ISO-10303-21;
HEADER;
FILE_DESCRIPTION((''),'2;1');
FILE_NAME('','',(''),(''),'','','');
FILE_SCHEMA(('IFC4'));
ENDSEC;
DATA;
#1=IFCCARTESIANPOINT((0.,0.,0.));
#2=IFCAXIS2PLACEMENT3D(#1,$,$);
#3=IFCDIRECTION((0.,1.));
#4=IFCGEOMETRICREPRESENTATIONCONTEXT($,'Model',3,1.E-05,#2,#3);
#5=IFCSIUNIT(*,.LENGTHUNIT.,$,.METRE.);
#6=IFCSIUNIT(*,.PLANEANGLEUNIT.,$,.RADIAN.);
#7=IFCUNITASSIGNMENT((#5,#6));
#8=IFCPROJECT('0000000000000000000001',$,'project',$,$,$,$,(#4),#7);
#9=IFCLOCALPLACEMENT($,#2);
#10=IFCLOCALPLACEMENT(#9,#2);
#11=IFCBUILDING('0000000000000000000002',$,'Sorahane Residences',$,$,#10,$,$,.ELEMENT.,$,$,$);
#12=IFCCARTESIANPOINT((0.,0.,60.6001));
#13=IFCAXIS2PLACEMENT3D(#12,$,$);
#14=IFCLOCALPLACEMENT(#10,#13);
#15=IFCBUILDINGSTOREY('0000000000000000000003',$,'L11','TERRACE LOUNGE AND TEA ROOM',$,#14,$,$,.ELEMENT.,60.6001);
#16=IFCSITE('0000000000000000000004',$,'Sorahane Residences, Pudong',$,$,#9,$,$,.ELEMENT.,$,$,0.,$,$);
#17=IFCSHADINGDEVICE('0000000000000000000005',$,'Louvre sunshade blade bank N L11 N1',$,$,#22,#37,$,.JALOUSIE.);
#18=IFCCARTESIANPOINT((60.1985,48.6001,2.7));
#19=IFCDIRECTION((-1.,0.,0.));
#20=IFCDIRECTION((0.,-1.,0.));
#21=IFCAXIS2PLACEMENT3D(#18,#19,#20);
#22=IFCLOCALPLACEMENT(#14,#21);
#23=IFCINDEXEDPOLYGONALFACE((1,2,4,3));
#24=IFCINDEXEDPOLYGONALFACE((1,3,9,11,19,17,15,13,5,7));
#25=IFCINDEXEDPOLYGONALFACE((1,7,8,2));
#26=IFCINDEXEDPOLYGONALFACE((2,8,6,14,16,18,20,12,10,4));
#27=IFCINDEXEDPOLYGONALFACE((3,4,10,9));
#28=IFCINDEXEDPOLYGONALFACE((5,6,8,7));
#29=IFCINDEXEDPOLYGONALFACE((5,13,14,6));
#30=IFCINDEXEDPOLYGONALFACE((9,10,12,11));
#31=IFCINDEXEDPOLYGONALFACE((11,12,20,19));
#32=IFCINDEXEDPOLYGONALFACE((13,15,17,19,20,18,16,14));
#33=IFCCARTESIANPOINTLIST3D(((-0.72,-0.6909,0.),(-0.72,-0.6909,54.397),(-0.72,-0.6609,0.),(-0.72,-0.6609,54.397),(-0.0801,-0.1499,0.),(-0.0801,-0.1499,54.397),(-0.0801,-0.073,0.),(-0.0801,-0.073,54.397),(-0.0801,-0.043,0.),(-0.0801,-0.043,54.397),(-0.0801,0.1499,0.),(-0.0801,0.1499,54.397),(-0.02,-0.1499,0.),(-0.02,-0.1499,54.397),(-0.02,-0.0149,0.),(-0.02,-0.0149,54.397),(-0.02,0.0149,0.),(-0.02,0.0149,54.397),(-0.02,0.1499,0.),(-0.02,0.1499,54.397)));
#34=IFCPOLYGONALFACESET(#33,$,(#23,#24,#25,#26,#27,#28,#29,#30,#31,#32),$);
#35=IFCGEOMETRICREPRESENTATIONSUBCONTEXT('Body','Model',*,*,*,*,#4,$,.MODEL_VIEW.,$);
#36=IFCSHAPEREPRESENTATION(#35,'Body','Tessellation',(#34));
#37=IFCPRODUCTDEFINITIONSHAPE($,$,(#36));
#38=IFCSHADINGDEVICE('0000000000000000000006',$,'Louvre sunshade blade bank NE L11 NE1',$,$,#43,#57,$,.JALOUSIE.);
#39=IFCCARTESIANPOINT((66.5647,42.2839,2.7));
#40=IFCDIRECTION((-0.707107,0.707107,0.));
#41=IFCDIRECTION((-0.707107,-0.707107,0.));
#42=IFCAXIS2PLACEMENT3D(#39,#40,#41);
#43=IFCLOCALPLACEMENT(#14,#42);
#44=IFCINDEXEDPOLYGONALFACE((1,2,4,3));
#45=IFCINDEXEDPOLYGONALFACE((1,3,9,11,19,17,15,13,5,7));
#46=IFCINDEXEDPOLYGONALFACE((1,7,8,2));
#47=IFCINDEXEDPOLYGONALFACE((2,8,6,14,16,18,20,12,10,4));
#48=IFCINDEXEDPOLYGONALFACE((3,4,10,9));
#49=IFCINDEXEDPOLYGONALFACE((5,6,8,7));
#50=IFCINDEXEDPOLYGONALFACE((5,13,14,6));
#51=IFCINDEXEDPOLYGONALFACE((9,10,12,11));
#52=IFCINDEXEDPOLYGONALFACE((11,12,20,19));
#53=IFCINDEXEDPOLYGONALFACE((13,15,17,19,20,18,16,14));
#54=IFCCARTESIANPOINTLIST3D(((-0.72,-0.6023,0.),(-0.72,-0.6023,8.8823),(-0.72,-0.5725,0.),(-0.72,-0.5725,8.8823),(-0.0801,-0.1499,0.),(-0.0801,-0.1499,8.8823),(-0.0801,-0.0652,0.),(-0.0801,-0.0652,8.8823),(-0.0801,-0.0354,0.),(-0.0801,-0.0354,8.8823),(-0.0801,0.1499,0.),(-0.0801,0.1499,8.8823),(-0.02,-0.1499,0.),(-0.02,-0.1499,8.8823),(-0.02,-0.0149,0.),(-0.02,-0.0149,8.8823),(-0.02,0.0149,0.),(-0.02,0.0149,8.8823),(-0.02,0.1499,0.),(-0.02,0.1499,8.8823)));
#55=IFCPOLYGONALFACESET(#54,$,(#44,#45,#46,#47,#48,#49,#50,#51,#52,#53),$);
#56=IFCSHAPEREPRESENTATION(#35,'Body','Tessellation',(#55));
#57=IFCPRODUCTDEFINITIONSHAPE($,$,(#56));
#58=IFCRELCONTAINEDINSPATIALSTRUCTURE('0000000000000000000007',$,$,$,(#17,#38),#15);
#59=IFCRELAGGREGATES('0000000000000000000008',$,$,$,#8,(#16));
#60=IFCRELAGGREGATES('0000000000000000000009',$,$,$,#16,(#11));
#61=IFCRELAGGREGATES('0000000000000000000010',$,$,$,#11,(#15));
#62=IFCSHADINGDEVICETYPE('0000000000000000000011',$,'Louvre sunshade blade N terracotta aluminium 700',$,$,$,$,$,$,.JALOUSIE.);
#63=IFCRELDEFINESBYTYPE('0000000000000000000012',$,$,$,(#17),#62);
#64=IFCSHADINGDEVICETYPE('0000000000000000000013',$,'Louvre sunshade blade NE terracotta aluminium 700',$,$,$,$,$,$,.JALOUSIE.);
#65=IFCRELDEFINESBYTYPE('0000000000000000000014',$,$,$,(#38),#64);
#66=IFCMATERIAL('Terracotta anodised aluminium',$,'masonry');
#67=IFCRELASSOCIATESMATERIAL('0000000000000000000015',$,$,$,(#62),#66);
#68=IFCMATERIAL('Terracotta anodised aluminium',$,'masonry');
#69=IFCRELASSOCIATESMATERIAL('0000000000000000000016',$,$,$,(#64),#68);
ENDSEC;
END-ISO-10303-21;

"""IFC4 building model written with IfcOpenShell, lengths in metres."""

from ifc_helpers import new_model, si_unit, direction, frame, origin, place, context, subcontext, project, spatial, polyline, outline, extrude, material, type_object, element, save


model = new_model("IFC4")

# Units and contexts
model_context = context("Model", 3, precision=1e-05, world=origin(), true_north=direction((0.0, 1.0)))
body_context = subcontext(model_context, "Body", "Model", "MODEL_VIEW")
ifc_project = project(units=[si_unit("LENGTHUNIT", "METRE"), si_unit("PLANEANGLEUNIT", "RADIAN")], contexts=[model_context])

# Site, building, storey
site_placement = place(None, origin())
site = spatial("IfcSite", under=ifc_project, at=site_placement, Name="Sorahane Residences, Pudong", CompositionType="ELEMENT", RefElevation=0.0)
building_placement = place(site_placement, origin())
building = spatial("IfcBuilding", under=site, at=building_placement, Name="Sorahane Residences", CompositionType="ELEMENT")
storey_placement = place(building_placement, frame((0.0, 0.0, 60.6001)))
storey = spatial("IfcBuildingStorey", under=building, at=storey_placement, Name="L11", Description="TERRACE LOUNGE AND TEA ROOM", CompositionType="ELEMENT", Elevation=60.6001)

# Shading devices
ifc_material_1 = material(Name="Terracotta anodised aluminium", Category="masonry")
shading_device_type_1 = type_object("IfcShadingDeviceType", Name="Louvre sunshade blade N terracotta aluminium 700", PredefinedType="JALOUSIE", material=ifc_material_1)
shading_device_1_placement = place(storey_placement, frame((60.1985, 48.6001, 2.7), z_axis=(-1.0, 0.0, 0.0), x_axis=(0.0, -1.0, 0.0)))
element("IfcShadingDevice", 1, at=shading_device_1_placement, inside=storey, type_object=shading_device_type_1, Name="Louvre sunshade blade bank N L11 N1", PredefinedType="JALOUSIE", context=body_context, shape_type="SweptSolid", body=[
    extrude(outline(polyline([(-0.72, -0.6609), (-0.72, -0.6909), (-0.0801, -0.073), (-0.0801, -0.1499), (-0.02, -0.1499), (-0.02, -0.0149), (-0.02, 0.0149), (-0.02, 0.1499), (-0.0801, 0.1499), (-0.0801, -0.043), (-0.72, -0.6609)])), origin(), (0.0, 0.0, 1.0), 54.397),
])
ifc_material_2 = material(Name="Terracotta anodised aluminium", Category="masonry")
shading_device_type_2 = type_object("IfcShadingDeviceType", Name="Louvre sunshade blade NE terracotta aluminium 700", PredefinedType="JALOUSIE", material=ifc_material_2)
shading_device_2_placement = place(storey_placement, frame((66.5647, 42.2839, 2.7), z_axis=(-0.707107, 0.707107, 0.0), x_axis=(-0.707107, -0.707107, 0.0)))
element("IfcShadingDevice", 2, at=shading_device_2_placement, inside=storey, type_object=shading_device_type_2, Name="Louvre sunshade blade bank NE L11 NE1", PredefinedType="JALOUSIE", context=body_context, shape_type="SweptSolid", body=[
    extrude(outline(polyline([(-0.72, -0.5725), (-0.72, -0.6023), (-0.0801, -0.0652), (-0.0801, -0.1499), (-0.02, -0.1499), (-0.02, -0.0149), (-0.02, 0.0149), (-0.02, 0.1499), (-0.0801, 0.1499), (-0.0801, -0.0354), (-0.72, -0.5725)])), origin(), (0.0, 0.0, 1.0), 8.8823),
])

save(model, "model.ifc")
